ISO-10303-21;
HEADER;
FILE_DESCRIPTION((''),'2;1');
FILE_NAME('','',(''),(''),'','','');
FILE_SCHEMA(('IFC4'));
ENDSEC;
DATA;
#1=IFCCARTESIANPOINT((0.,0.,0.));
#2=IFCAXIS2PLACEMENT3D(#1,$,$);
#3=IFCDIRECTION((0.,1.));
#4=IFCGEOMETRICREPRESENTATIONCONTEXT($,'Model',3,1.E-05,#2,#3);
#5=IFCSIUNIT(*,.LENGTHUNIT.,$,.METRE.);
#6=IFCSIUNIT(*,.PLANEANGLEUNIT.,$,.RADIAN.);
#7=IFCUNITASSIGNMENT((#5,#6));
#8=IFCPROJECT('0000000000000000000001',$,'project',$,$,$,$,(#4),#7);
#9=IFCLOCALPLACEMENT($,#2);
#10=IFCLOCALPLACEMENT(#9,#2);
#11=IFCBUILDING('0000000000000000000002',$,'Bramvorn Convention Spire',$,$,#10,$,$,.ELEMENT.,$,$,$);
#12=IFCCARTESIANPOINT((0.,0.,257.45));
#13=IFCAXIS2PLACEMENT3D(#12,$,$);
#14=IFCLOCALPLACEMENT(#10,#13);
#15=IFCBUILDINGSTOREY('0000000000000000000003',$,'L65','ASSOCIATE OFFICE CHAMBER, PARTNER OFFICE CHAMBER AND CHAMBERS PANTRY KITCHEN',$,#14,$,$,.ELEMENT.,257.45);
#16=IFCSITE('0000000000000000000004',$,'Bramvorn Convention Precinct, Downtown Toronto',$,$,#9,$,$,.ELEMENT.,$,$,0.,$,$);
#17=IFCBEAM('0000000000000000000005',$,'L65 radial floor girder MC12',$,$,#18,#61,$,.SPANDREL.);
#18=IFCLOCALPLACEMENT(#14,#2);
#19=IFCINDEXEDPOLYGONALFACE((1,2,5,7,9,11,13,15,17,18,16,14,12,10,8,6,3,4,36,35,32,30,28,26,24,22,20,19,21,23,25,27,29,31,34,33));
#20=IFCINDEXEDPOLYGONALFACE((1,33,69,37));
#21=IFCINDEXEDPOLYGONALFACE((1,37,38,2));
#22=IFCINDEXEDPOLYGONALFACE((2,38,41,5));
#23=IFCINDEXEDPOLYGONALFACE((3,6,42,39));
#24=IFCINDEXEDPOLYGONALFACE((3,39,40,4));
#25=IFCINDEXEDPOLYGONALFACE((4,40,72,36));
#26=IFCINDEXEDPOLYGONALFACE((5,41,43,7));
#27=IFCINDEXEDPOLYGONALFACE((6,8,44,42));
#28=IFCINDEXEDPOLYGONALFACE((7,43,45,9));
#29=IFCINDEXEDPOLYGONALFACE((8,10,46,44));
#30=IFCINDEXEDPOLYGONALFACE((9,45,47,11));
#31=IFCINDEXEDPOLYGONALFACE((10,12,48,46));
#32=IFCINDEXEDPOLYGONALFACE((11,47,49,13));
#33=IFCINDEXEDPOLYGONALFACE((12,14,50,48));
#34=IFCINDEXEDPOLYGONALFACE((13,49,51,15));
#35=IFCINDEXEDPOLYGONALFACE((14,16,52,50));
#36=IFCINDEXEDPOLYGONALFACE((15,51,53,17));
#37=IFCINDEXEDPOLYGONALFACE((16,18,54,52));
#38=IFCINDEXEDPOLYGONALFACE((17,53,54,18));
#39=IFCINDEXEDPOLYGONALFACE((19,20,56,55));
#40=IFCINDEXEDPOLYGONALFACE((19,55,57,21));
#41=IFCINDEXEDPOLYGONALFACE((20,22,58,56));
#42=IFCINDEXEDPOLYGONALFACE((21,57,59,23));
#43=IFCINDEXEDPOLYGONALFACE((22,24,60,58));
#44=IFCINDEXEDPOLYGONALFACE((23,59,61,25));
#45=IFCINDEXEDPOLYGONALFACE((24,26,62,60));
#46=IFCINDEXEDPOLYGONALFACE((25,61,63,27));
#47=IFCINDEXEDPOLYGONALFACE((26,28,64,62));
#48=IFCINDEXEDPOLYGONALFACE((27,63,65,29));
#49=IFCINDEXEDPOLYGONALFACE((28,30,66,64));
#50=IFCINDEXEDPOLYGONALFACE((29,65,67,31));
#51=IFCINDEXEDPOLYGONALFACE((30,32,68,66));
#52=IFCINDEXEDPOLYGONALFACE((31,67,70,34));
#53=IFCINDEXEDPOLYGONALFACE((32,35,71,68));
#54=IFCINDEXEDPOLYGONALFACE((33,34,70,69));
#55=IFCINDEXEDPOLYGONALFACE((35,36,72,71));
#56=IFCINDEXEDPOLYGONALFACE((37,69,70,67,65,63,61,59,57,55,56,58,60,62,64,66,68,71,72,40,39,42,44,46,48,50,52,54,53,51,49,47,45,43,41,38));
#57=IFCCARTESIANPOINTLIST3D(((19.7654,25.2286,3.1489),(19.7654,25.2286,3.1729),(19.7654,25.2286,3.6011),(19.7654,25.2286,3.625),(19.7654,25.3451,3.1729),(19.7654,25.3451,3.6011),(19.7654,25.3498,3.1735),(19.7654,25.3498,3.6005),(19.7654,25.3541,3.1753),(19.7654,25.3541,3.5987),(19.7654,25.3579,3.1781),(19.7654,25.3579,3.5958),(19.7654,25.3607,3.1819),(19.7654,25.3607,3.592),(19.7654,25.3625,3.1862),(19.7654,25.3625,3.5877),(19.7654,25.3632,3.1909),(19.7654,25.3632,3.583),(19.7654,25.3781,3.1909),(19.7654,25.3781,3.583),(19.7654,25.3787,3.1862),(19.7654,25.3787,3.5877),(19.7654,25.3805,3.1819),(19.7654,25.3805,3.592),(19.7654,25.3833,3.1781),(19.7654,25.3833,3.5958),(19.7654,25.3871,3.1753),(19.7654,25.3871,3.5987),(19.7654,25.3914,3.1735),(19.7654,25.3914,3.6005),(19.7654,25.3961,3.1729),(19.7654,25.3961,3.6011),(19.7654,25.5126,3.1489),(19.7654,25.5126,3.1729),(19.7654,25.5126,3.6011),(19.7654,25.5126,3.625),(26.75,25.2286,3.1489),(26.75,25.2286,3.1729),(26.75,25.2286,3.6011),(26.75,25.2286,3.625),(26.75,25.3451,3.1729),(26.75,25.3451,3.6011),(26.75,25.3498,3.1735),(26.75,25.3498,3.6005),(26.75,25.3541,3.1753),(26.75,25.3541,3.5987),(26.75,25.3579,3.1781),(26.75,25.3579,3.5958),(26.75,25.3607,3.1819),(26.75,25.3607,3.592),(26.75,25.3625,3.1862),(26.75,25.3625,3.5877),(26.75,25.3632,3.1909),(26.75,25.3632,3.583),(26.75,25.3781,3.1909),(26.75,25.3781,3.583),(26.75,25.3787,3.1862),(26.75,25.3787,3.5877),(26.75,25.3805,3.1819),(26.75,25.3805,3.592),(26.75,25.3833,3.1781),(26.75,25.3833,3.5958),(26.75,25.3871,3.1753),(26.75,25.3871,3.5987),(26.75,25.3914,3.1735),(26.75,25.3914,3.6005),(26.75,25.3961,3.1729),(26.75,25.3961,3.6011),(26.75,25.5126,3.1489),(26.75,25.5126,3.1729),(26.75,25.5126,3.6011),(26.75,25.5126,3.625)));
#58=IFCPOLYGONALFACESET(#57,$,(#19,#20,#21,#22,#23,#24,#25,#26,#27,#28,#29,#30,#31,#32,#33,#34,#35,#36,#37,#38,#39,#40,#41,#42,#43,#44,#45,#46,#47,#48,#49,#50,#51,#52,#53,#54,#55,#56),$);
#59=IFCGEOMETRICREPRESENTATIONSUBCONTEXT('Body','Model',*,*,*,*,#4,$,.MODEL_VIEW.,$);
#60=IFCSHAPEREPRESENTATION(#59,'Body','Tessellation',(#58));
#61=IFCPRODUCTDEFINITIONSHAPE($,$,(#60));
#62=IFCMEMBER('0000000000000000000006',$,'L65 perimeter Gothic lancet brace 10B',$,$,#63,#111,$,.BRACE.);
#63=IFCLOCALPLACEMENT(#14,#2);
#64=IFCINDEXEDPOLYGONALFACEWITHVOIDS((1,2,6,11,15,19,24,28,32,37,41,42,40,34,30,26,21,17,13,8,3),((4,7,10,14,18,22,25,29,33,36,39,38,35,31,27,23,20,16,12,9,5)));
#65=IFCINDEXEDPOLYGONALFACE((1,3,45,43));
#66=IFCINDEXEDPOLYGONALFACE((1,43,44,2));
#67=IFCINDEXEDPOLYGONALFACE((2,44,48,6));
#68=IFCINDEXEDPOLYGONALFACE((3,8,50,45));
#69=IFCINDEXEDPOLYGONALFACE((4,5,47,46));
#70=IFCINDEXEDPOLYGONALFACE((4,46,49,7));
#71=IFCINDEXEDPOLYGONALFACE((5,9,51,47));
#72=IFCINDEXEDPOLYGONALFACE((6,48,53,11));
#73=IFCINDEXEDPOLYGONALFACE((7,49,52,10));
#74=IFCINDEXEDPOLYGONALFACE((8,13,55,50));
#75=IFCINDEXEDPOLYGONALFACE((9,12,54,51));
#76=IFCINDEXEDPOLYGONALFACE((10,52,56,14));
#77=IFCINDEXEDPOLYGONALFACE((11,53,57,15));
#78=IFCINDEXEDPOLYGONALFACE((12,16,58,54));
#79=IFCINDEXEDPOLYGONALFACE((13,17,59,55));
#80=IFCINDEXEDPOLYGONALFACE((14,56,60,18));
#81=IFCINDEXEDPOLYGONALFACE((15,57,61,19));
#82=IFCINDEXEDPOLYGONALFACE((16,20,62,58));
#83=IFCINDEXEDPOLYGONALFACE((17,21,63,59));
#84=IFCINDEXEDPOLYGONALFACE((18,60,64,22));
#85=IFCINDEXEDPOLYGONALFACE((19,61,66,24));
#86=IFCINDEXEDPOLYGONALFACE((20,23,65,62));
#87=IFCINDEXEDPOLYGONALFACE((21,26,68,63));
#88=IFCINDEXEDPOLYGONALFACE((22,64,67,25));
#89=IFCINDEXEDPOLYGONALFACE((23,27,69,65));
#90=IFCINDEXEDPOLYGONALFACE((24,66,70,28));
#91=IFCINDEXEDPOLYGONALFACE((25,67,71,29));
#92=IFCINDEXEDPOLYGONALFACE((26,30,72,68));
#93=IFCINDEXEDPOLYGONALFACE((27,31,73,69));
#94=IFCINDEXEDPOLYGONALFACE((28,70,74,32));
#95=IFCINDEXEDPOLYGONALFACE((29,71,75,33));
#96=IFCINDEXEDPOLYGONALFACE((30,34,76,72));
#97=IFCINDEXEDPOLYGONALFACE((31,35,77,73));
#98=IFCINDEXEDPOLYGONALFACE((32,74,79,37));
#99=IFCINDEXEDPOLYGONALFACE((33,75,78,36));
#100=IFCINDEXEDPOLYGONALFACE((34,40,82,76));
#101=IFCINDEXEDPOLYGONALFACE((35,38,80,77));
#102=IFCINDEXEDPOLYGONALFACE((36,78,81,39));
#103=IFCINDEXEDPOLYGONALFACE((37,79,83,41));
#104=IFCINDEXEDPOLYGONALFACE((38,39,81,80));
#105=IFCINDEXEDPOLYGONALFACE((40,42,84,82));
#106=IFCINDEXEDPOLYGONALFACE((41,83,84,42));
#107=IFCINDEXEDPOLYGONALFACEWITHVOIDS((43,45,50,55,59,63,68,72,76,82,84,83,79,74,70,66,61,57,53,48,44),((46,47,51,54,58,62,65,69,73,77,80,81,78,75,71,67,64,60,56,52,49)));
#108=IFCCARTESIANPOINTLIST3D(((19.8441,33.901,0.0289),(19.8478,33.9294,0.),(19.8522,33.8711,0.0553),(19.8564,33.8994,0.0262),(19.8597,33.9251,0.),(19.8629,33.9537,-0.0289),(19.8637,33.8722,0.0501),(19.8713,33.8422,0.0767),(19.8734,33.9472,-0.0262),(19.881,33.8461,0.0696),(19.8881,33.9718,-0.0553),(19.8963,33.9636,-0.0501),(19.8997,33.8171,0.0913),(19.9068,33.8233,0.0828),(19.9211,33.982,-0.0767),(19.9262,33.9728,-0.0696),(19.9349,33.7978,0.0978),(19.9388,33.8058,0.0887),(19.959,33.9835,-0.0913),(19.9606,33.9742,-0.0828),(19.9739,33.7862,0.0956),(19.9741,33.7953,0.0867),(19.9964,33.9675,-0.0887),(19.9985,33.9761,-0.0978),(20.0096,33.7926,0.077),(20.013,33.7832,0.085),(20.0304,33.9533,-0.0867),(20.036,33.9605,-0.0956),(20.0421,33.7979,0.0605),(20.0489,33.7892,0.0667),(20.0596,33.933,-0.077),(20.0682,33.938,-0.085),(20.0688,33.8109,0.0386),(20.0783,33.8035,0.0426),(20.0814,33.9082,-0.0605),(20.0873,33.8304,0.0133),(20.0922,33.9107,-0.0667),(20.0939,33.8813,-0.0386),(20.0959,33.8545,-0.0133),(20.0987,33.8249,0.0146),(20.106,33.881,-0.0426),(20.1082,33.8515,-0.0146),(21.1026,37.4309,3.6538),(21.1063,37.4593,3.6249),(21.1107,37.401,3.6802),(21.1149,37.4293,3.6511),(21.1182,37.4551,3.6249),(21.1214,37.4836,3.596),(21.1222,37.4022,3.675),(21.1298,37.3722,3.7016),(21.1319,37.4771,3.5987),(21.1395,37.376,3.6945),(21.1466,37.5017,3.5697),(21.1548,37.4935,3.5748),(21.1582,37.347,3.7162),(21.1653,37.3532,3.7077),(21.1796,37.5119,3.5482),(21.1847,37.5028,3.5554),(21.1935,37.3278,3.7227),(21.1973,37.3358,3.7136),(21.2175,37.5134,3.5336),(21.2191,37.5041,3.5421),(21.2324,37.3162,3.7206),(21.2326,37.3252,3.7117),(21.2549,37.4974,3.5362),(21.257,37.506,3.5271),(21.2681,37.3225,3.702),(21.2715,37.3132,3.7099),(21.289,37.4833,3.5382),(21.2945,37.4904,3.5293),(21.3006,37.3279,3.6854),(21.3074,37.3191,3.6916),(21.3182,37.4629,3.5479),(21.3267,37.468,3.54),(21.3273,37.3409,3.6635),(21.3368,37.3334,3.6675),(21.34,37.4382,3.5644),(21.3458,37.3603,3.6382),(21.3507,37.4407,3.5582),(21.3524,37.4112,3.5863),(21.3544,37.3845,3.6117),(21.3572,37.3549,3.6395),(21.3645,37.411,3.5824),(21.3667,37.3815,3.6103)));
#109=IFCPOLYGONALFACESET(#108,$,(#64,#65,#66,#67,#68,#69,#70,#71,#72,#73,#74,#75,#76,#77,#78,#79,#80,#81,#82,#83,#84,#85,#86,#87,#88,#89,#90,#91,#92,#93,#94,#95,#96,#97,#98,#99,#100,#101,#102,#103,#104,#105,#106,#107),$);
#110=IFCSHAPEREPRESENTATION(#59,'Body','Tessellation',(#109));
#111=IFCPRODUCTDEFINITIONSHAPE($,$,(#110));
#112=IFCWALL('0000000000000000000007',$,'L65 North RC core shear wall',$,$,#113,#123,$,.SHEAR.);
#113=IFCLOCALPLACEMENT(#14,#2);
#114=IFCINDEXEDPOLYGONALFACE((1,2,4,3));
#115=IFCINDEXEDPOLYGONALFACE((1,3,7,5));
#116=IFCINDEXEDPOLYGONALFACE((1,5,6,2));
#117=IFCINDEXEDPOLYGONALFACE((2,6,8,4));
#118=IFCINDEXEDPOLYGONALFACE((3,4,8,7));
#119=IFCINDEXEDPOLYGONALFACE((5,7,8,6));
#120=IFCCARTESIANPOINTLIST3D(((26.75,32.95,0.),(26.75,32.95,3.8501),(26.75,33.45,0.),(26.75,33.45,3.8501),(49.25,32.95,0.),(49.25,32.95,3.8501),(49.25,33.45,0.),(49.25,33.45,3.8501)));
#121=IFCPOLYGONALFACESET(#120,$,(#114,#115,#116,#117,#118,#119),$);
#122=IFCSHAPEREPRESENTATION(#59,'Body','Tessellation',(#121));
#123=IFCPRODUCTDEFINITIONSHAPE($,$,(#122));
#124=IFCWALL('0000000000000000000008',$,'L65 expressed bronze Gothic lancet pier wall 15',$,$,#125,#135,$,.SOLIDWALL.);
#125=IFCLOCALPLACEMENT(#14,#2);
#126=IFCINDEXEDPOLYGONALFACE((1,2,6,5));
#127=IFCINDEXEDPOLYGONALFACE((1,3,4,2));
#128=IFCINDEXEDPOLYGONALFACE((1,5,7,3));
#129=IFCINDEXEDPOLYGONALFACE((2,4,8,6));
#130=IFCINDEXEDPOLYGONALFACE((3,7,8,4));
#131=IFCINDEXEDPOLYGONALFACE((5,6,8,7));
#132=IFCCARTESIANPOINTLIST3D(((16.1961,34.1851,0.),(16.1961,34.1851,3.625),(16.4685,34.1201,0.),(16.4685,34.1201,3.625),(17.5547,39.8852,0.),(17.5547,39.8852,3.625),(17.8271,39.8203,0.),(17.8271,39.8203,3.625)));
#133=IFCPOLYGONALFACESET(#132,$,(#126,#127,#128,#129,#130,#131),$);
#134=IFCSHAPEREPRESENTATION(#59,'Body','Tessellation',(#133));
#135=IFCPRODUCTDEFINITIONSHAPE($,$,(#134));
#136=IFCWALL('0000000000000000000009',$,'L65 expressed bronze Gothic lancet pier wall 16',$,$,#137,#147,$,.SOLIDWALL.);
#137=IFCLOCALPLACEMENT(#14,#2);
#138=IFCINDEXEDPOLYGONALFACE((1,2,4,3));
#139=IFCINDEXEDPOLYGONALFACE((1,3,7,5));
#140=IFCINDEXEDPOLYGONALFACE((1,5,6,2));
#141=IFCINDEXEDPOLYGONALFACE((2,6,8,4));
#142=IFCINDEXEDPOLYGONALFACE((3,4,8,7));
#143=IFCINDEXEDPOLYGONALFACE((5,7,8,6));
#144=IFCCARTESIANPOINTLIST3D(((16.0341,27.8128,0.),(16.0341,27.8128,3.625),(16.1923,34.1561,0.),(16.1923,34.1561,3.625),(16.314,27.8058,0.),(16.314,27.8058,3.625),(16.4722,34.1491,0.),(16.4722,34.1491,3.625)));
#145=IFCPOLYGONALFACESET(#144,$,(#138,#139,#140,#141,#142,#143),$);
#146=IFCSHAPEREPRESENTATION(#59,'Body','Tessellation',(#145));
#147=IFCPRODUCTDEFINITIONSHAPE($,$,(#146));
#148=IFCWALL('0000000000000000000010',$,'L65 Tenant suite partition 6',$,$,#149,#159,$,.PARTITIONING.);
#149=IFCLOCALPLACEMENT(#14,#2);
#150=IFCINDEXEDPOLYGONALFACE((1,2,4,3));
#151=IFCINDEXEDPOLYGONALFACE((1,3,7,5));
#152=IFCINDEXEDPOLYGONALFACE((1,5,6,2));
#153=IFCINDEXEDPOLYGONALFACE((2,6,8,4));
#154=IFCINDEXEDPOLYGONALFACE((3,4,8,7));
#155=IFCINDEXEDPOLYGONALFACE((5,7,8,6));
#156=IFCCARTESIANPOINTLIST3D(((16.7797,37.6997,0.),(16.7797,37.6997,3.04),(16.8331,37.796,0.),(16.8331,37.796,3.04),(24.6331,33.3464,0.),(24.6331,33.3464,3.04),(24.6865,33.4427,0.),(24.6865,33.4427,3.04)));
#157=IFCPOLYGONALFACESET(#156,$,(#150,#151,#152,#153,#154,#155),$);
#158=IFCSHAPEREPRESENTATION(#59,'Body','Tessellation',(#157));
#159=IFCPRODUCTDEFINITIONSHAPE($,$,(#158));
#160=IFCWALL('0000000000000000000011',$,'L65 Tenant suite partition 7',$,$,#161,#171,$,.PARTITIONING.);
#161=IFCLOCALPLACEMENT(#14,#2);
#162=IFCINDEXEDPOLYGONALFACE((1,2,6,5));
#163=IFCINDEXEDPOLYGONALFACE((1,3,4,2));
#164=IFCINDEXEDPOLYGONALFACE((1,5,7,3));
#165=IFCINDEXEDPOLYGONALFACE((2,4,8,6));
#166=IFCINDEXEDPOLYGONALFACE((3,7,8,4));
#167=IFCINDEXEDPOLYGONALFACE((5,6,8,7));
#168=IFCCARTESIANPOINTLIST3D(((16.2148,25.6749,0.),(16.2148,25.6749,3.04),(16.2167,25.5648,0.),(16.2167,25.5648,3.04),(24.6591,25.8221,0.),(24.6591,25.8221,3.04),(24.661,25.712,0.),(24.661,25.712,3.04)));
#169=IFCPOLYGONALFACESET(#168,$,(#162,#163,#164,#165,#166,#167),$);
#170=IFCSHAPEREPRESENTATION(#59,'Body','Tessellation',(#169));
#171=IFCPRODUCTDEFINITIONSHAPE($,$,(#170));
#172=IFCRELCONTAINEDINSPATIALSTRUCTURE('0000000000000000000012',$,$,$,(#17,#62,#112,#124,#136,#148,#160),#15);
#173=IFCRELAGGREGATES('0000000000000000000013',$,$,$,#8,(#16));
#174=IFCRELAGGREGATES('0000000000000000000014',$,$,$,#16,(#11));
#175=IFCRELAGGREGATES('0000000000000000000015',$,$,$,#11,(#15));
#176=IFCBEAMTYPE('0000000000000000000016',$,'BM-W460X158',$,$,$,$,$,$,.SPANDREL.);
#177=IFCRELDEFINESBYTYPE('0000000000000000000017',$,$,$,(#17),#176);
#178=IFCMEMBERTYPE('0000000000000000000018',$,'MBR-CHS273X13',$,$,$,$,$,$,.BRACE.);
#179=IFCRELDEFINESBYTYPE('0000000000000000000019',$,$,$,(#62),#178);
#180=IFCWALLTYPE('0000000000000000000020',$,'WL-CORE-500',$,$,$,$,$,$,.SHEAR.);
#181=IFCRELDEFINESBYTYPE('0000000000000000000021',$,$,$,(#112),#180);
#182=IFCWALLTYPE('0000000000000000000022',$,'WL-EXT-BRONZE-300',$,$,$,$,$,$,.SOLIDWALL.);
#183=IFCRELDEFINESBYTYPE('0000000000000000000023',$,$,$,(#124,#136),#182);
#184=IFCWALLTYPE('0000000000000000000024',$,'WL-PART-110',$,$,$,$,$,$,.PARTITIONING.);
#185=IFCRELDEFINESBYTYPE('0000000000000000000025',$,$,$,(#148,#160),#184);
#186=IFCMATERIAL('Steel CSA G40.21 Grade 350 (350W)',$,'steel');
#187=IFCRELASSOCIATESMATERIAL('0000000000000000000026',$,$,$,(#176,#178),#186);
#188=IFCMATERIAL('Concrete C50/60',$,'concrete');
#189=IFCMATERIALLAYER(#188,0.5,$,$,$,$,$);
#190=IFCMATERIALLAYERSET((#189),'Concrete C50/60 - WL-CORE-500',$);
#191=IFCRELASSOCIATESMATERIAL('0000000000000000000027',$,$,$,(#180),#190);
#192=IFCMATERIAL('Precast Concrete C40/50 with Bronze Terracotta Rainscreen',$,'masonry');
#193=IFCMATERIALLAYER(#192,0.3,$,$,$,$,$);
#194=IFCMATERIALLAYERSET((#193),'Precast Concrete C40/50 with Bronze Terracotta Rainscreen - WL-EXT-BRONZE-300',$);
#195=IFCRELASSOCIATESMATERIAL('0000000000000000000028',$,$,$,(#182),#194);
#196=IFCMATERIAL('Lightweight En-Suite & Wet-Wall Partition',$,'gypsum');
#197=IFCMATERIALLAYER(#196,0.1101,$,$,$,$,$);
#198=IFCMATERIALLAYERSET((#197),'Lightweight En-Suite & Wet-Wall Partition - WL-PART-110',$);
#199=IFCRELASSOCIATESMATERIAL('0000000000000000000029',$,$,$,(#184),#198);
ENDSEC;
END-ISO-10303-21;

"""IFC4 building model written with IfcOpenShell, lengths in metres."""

from ifc_helpers import new_model, si_unit, direction, frame, frame_2d, origin, origin_2d, place, context, subcontext, project, spatial, rectangle, hollow_circle, i_section, extrude, material, layer, layer_set, material_profile, profile_set, type_object, element, save


model = new_model("IFC4")

# Units and contexts
model_context = context("Model", 3, precision=1e-05, world=origin(), true_north=direction((0.0, 1.0)))
body_context = subcontext(model_context, "Body", "Model", "MODEL_VIEW")
ifc_project = project(units=[si_unit("LENGTHUNIT", "METRE"), si_unit("PLANEANGLEUNIT", "RADIAN")], contexts=[model_context])

# Site, building, storey
site_placement = place(None, origin())
site = spatial("IfcSite", under=ifc_project, at=site_placement, Name="Bramvorn Convention Precinct, Downtown Toronto", CompositionType="ELEMENT", RefElevation=0.0)
building_placement = place(site_placement, origin())
building = spatial("IfcBuilding", under=site, at=building_placement, Name="Bramvorn Convention Spire", CompositionType="ELEMENT")
storey_placement = place(building_placement, frame((0.0, 0.0, 257.45)))
storey = spatial("IfcBuildingStorey", under=building, at=storey_placement, Name="L65", Description="ASSOCIATE OFFICE CHAMBER, PARTNER OFFICE CHAMBER AND CHAMBERS PANTRY KITCHEN", CompositionType="ELEMENT", Elevation=257.45)

# Shared definitions
ifc_material_1 = material(Name="Steel CSA G40.21 Grade 350 (350W)", Category="steel")

# Beam
ifc_material_profile_1 = material_profile(ifc_material_1, i_section(OverallWidth=0.2839, OverallDepth=0.4761, WebThickness=0.0149, FlangeThickness=0.0239, FilletRadius=0.0181, at=origin_2d()))
ifc_profile_set_1 = profile_set([ifc_material_profile_1], Name="Steel CSA G40.21 Grade 350 (350W) - W460X158")
beam_type_1 = type_object("IfcBeamType", Name="BM-W460X158", PredefinedType="SPANDREL", material=ifc_profile_set_1)
beam_1_placement = place(storey_placement, frame((26.75, 25.3706, 3.387), z_axis=(-1.0, 0.0, 0.0), x_axis=(0.0, -1.0, 0.0)))
element("IfcBeam", 1, at=beam_1_placement, inside=storey, type_object=beam_type_1, Name="L65 radial floor girder MC12", PredefinedType="SPANDREL", context=body_context, shape_type="SweptSolid", body=[
    extrude(i_section(OverallWidth=0.2839, OverallDepth=0.4761, WebThickness=0.0149, FlangeThickness=0.0239, FilletRadius=0.0181, at=origin_2d()), origin(), (0.0, 0.0, 1.0), 6.9846),
])

# Member
ifc_material_profile_2 = material_profile(ifc_material_1, hollow_circle(Radius=0.1365, WallThickness=0.0127, at=origin_2d()))
ifc_profile_set_2 = profile_set([ifc_material_profile_2], Name="Steel CSA G40.21 Grade 350 (350W) - CHS273X13")
member_type = type_object("IfcMemberType", Name="MBR-CHS273X13", PredefinedType="BRACE", material=ifc_profile_set_2)
member_placement = place(storey_placement, frame((19.9763, 33.8835, 0.0), z_axis=(0.241379, 0.677031, 0.695245), x_axis=(-0.941926, 0.33582, 0.0)))
element("IfcMember", 2, at=member_placement, inside=storey, type_object=member_type, Name="L65 perimeter Gothic lancet brace 10B", PredefinedType="BRACE", context=body_context, shape_type="SweptSolid", body=[
    extrude(hollow_circle(Radius=0.1365, WallThickness=0.0127, at=origin_2d()), origin(), (0.0, 0.0, 1.0), 5.2139),
])

# Walls
ifc_material_2 = material(Name="Concrete C50/60", Category="concrete")
ifc_layer_1 = layer(ifc_material_2, 0.5)
ifc_layer_set_1 = layer_set([ifc_layer_1], Name="Concrete C50/60 - WL-CORE-500")
wall_type_1 = type_object("IfcWallType", Name="WL-CORE-500", PredefinedType="SHEAR", material=ifc_layer_set_1)
wall_1_placement = place(storey_placement, frame((26.75, 33.2, 0.0), z_axis=(0.0, 0.0, 1.0), x_axis=(1.0, 0.0, 0.0)))
element("IfcWall", 3, at=wall_1_placement, inside=storey, type_object=wall_type_1, Name="L65 North RC core shear wall", PredefinedType="SHEAR", context=body_context, shape_type="SweptSolid", body=[
    extrude(rectangle(XDim=22.5, YDim=0.5, at=frame_2d((11.25, 0.0))), origin(), (0.0, 0.0, 1.0), 3.8501),
])
ifc_material_3 = material(Name="Precast Concrete C40/50 with Bronze Terracotta Rainscreen", Category="masonry")
ifc_layer_2 = layer(ifc_material_3, 0.3)
ifc_layer_set_2 = layer_set([ifc_layer_2], Name="Precast Concrete C40/50 with Bronze Terracotta Rainscreen - WL-EXT-BRONZE-300")
wall_type_2 = type_object("IfcWallType", Name="WL-EXT-BRONZE-300", PredefinedType="SOLIDWALL", material=ifc_layer_set_2)
wall_2_placement = place(storey_placement, frame((16.3323, 34.1526, 0.0), z_axis=(0.0, 0.0, 1.0), x_axis=(0.231855, 0.97275, 0.0)))
element("IfcWall", 4, at=wall_2_placement, inside=storey, type_object=wall_type_2, Name="L65 expressed bronze Gothic lancet pier wall 15", PredefinedType="SOLIDWALL", context=body_context, shape_type="SweptSolid", body=[
    extrude(rectangle(XDim=5.8599, YDim=0.28, at=frame_2d((2.9299, 0.0))), origin(), (0.0, 0.0, 1.0), 3.625),
])
wall_3_placement = place(storey_placement, frame((16.1741, 27.8093, 0.0), z_axis=(0.0, 0.0, 1.0), x_axis=(0.024933, 0.999689, 0.0)))
element("IfcWall", 5, at=wall_3_placement, inside=storey, type_object=wall_type_2, Name="L65 expressed bronze Gothic lancet pier wall 16", PredefinedType="SOLIDWALL", context=body_context, shape_type="SweptSolid", body=[
    extrude(rectangle(XDim=6.3452, YDim=0.28, at=frame_2d((3.1726, 0.0))), origin(), (0.0, 0.0, 1.0), 3.625),
])
ifc_material_4 = material(Name="Lightweight En-Suite & Wet-Wall Partition", Category="gypsum")
ifc_layer_3 = layer(ifc_material_4, 0.1101)
ifc_layer_set_3 = layer_set([ifc_layer_3], Name="Lightweight En-Suite & Wet-Wall Partition - WL-PART-110")
wall_type_3 = type_object("IfcWallType", Name="WL-PART-110", PredefinedType="PARTITIONING", material=ifc_layer_set_3)
wall_4_placement = place(storey_placement, frame((24.6599, 33.3945, 0.0), z_axis=(0.0, 0.0, 1.0), x_axis=(-0.87462, 0.484809, 0.0)))
element("IfcWall", 6, at=wall_4_placement, inside=storey, type_object=wall_type_3, Name="L65 Tenant suite partition 6", PredefinedType="PARTITIONING", context=body_context, shape_type="SweptSolid", body=[
    extrude(rectangle(XDim=8.9792, YDim=0.1101, at=frame_2d((4.4897, 0.0))), origin(), (0.0, 0.0, 1.0), 3.04),
])
wall_5_placement = place(storey_placement, frame((24.6599, 25.7671, 0.0), z_axis=(0.0, 0.0, 1.0), x_axis=(-0.999848, -0.017431, 0.0)))
element("IfcWall", 7, at=wall_5_placement, inside=storey, type_object=wall_type_3, Name="L65 Tenant suite partition 7", PredefinedType="PARTITIONING", context=body_context, shape_type="SweptSolid", body=[
    extrude(rectangle(XDim=8.4456, YDim=0.1101, at=frame_2d((4.2227, 0.0))), origin(), (0.0, 0.0, 1.0), 3.04),
])

save(model, "model.ifc")
